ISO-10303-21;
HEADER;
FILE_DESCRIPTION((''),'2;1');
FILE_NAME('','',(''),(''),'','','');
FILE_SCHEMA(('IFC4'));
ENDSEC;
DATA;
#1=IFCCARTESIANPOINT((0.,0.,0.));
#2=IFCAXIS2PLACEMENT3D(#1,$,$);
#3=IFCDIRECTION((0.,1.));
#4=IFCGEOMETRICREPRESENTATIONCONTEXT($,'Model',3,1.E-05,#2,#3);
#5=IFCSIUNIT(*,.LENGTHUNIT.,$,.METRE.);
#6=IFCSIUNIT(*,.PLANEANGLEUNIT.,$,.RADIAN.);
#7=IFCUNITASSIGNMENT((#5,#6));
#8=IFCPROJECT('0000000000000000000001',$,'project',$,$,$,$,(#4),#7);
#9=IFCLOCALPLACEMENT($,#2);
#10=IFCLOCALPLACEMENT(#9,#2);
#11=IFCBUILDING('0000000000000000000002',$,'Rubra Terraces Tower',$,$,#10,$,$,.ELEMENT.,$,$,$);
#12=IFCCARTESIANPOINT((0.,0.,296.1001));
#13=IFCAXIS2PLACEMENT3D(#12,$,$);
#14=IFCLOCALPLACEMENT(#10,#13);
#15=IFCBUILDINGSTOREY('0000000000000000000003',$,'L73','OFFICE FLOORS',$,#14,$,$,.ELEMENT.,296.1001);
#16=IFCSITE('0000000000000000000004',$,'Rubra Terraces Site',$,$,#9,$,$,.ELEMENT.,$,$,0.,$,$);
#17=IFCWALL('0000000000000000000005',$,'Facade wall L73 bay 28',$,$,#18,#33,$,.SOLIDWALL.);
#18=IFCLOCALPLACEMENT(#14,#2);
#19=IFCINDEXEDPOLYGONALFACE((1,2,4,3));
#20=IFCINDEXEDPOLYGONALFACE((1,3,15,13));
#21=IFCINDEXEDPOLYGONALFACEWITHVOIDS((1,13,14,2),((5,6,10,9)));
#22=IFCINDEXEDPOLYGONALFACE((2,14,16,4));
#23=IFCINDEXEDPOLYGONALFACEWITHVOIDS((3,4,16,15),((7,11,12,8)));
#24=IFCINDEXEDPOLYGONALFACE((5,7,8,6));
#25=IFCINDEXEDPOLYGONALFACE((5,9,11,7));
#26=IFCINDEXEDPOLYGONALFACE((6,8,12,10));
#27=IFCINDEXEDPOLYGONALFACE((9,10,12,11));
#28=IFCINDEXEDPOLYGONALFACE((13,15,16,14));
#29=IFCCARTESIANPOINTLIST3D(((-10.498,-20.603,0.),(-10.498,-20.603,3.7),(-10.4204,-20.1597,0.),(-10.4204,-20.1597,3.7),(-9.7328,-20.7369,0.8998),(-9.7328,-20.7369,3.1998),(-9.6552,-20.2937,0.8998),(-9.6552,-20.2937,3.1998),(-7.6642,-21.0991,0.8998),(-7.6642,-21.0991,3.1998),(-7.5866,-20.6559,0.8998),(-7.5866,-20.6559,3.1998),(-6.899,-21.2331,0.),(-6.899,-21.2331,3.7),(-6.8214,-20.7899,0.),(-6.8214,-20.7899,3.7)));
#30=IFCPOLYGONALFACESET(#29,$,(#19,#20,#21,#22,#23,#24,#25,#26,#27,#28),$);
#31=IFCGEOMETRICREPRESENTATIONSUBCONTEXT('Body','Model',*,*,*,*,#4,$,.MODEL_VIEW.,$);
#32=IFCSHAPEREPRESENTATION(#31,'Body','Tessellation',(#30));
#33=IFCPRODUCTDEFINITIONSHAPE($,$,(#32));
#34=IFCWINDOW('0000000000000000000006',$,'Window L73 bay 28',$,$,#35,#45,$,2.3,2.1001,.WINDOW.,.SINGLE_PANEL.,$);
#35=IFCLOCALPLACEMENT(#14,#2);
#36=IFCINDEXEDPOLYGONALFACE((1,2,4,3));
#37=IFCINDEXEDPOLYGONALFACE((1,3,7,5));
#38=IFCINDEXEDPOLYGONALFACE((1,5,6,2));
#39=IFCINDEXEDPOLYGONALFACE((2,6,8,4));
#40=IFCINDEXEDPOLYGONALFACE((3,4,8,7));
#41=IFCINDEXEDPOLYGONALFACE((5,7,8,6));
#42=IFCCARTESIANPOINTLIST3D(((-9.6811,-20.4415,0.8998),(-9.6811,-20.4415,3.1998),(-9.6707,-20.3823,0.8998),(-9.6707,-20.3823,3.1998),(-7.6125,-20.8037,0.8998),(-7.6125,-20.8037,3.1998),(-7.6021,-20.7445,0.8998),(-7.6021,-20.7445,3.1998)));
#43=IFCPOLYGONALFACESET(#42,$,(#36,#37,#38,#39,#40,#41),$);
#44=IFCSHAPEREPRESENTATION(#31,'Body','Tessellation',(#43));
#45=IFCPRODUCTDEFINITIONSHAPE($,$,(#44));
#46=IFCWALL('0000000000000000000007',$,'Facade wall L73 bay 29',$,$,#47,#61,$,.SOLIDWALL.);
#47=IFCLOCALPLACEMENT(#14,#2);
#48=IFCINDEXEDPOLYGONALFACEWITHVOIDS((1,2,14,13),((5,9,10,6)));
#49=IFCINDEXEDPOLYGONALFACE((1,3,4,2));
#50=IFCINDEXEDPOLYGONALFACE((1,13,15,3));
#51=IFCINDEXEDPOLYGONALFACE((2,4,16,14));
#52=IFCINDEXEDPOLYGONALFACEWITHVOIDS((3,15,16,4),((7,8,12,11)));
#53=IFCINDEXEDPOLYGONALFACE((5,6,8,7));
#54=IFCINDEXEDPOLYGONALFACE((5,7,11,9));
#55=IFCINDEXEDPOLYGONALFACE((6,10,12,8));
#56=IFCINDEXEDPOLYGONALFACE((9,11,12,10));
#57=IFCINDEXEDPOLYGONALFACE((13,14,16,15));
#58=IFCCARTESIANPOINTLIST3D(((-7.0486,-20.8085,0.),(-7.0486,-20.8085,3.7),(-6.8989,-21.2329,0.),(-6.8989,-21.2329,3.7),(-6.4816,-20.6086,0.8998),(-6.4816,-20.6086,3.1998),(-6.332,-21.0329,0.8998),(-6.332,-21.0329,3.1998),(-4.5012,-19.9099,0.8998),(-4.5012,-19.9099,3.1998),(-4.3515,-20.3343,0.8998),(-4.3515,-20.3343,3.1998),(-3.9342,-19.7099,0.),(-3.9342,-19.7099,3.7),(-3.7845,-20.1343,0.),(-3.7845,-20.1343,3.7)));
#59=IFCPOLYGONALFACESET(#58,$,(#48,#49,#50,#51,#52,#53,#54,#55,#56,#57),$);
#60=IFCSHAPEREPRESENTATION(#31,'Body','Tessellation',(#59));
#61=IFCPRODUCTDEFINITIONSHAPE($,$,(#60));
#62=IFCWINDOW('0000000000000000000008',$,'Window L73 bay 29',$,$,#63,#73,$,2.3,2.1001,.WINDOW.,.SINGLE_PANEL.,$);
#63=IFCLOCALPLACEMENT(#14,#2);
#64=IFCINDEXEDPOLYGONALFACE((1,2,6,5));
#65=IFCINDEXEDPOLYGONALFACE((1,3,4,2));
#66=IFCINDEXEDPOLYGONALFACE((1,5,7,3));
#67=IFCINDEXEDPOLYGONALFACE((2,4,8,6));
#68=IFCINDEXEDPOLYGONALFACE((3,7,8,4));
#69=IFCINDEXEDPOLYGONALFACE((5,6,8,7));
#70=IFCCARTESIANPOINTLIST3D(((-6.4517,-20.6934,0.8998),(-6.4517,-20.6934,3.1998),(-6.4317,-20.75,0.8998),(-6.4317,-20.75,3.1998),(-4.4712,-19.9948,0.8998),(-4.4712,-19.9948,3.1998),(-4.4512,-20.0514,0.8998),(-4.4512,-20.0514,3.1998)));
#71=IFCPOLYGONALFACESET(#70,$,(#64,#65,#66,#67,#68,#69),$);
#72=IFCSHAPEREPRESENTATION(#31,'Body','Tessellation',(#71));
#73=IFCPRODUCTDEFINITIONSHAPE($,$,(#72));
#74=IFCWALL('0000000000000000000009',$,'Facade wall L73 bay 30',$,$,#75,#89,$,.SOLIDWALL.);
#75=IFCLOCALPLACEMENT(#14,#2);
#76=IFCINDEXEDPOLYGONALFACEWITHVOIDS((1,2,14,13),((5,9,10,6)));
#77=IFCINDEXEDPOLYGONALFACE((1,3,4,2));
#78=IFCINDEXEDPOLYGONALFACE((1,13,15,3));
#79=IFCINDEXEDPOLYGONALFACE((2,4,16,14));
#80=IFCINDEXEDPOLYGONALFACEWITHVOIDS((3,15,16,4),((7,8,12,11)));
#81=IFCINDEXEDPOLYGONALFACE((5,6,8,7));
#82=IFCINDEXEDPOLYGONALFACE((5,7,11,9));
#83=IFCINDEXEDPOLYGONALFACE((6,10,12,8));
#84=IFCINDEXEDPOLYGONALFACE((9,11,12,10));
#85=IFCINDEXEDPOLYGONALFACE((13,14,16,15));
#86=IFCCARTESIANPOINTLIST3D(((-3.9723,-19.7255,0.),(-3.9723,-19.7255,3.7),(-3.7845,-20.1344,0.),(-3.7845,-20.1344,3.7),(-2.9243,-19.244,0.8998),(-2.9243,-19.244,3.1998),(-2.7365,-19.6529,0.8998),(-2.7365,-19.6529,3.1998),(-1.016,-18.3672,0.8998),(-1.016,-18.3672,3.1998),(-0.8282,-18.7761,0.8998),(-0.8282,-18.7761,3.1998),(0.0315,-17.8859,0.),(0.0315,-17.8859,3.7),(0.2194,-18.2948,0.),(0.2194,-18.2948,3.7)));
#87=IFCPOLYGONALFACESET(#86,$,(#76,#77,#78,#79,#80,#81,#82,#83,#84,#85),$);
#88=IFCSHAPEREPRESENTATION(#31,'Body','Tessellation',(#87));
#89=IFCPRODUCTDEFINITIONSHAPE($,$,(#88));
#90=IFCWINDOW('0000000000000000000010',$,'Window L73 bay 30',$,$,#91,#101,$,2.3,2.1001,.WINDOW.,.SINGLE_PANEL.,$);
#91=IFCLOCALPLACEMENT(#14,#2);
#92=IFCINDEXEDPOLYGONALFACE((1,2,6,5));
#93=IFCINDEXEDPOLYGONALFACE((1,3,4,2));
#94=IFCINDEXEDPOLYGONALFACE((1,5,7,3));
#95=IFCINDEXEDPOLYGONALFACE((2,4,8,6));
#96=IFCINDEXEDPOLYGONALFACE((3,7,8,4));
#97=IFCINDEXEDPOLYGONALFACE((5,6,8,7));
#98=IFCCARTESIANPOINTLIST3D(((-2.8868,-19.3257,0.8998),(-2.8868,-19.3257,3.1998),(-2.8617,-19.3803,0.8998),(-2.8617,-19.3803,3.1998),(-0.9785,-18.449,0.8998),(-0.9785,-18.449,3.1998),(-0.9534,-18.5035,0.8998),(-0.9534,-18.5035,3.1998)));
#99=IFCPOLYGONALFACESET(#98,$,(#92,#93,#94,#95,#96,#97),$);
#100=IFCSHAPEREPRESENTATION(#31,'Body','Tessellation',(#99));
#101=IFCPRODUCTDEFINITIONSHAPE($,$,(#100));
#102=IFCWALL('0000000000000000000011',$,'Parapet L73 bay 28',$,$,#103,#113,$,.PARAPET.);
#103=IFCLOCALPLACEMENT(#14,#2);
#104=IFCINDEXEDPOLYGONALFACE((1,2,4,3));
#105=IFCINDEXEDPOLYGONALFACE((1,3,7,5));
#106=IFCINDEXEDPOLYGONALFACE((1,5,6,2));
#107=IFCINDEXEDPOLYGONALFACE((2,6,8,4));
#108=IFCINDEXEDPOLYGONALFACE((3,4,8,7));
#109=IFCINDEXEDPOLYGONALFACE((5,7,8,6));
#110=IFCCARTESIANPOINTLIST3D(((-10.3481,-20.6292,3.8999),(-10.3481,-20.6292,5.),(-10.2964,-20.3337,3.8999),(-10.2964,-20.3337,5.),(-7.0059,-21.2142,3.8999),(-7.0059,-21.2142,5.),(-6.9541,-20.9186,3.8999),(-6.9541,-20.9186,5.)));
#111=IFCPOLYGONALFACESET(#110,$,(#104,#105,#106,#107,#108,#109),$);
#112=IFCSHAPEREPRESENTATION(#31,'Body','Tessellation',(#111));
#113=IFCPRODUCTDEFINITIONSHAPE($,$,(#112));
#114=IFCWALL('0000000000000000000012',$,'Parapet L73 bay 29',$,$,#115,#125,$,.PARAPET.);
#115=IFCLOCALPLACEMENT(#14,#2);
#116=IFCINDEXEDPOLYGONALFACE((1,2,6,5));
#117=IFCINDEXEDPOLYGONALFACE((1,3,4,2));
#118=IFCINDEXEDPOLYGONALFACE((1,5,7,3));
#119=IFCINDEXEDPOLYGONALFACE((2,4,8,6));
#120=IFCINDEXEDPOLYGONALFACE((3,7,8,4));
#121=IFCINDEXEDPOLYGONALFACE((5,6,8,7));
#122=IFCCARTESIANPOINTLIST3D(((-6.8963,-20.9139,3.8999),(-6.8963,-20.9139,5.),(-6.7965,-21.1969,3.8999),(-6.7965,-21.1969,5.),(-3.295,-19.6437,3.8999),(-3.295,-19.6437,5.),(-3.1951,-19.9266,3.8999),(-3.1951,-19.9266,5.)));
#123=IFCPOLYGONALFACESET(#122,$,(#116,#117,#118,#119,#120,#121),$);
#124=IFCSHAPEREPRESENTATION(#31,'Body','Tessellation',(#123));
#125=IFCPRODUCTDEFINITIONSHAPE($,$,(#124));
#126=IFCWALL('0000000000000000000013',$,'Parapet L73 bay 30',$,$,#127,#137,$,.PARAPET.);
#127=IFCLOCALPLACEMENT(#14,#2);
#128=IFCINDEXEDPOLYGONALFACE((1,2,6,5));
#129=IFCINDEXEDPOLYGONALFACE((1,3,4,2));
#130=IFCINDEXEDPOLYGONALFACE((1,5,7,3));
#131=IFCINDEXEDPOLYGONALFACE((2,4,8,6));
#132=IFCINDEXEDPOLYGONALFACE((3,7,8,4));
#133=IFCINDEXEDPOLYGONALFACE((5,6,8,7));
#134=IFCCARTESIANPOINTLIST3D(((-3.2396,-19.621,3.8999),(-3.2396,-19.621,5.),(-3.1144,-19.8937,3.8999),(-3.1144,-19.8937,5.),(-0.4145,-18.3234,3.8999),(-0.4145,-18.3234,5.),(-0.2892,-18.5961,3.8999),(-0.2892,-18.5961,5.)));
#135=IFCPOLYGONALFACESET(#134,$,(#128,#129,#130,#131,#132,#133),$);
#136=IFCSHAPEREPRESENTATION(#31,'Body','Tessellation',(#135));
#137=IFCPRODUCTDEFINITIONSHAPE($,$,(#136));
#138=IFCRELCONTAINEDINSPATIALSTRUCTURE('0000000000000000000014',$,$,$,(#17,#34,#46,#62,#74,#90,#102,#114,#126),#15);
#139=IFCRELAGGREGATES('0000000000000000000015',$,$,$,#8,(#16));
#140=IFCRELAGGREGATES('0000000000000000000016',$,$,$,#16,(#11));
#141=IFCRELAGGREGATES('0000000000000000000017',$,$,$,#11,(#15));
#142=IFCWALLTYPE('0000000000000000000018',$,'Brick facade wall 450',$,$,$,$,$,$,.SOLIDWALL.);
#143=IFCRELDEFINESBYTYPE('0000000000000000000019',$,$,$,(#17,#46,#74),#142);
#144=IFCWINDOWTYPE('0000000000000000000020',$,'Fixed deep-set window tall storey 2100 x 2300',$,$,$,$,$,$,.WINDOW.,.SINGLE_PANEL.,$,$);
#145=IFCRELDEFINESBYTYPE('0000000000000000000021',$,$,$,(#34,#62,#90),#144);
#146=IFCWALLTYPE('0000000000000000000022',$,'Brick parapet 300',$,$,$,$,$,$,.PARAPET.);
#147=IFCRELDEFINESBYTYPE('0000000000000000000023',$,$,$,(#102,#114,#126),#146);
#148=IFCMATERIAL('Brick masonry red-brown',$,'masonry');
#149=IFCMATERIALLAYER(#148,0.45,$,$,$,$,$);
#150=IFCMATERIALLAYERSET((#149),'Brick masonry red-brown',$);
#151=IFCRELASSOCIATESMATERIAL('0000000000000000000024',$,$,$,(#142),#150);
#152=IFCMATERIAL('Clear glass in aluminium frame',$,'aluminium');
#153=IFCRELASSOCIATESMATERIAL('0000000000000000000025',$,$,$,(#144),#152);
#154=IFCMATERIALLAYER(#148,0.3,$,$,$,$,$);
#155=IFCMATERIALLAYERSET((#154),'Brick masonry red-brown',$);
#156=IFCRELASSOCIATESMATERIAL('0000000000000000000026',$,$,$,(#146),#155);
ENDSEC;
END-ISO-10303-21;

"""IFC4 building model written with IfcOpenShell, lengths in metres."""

from ifc_helpers import new_model, si_unit, direction, frame, frame_2d, origin, place, context, subcontext, project, spatial, rectangle, extrude, material, layer, layer_set, type_object, element, fill, save


model = new_model("IFC4")

# Units and contexts
model_context = context("Model", 3, precision=1e-05, world=origin(), true_north=direction((0.0, 1.0)))
body_context = subcontext(model_context, "Body", "Model", "MODEL_VIEW")
ifc_project = project(units=[si_unit("LENGTHUNIT", "METRE"), si_unit("PLANEANGLEUNIT", "RADIAN")], contexts=[model_context])

# Site, building, storey
site_placement = place(None, origin())
site = spatial("IfcSite", under=ifc_project, at=site_placement, Name="Rubra Terraces Site", CompositionType="ELEMENT", RefElevation=0.0)
building_placement = place(site_placement, origin())
building = spatial("IfcBuilding", under=site, at=building_placement, Name="Rubra Terraces Tower", CompositionType="ELEMENT")
storey_placement = place(building_placement, frame((0.0, 0.0, 296.1001)))
storey = spatial("IfcBuildingStorey", under=building, at=storey_placement, Name="L73", Description="OFFICE FLOORS", CompositionType="ELEMENT", Elevation=296.1001)

# Walls, openings, windows
ifc_material_1 = material(Name="Brick masonry red-brown", Category="masonry")
ifc_layer_1 = layer(ifc_material_1, 0.45)
ifc_layer_set_1 = layer_set([ifc_layer_1], Name="Brick masonry red-brown")
wall_type_1 = type_object("IfcWallType", Name="Brick facade wall 450", PredefinedType="SOLIDWALL", material=ifc_layer_set_1)
wall_1_placement = place(storey_placement, frame((-10.4592, -20.3813, 0.0), z_axis=(0.0, 0.0, 1.0), x_axis=(0.985017, -0.172455, 0.0)))
wall_1 = element("IfcWall", 1, at=wall_1_placement, inside=storey, type_object=wall_type_1, Name="Facade wall L73 bay 28", PredefinedType="SOLIDWALL", context=body_context, shape_type="SweptSolid", body=[
    extrude(rectangle(XDim=3.6538, YDim=0.45, at=frame_2d((1.8269, 0.0))), origin(), (0.0, 0.0, 1.0), 3.7),
])
opening_1_placement = place(wall_1_placement, frame((0.7769, 0.0, 0.8999)))
opening_1 = element("IfcOpeningElement", 2, at=opening_1_placement, cuts=wall_1, PredefinedType="OPENING", context=body_context, shape_type="SweptSolid", body=[
    extrude(rectangle(XDim=2.1001, YDim=2.3, at=frame_2d((1.05, 1.1499))), frame((0.0, 0.2349, 0.0), z_axis=(0.0, -1.0, 0.0), x_axis=(1.0, 0.0, 0.0)), (0.0, 0.0, 1.0), 0.47),
])
ifc_material_2 = material(Name="Clear glass in aluminium frame", Category="aluminium")
window_type = type_object("IfcWindowType", Name="Fixed deep-set window tall storey 2100 x 2300", PartitioningType="SINGLE_PANEL", PredefinedType="WINDOW", material=ifc_material_2)
window_1_placement = place(opening_1_placement, origin())
window_1 = element("IfcWindow", 3, at=window_1_placement, inside=storey, type_object=window_type, Name="Window L73 bay 28", OverallHeight=2.3, OverallWidth=2.1001, PartitioningType="SINGLE_PANEL", PredefinedType="WINDOW", context=body_context, shape_type="SweptSolid", body=[
    extrude(rectangle(XDim=2.1001, YDim=2.3, at=frame_2d((1.05, 1.1499))), frame((0.0, 0.135, 0.0), z_axis=(0.0, -1.0, 0.0), x_axis=(1.0, 0.0, 0.0)), (0.0, 0.0, 1.0), 0.0601),
])
fill(opening_1, window_1)
wall_2_placement = place(storey_placement, frame((-6.9739, -21.0208, 0.0), z_axis=(0.0, 0.0, 1.0), x_axis=(0.943048, 0.332658, 0.0)))
wall_2 = element("IfcWall", 4, at=wall_2_placement, inside=storey, type_object=wall_type_1, Name="Facade wall L73 bay 29", PredefinedType="SOLIDWALL", context=body_context, shape_type="SweptSolid", body=[
    extrude(rectangle(XDim=3.3025, YDim=0.45, at=frame_2d((1.6514, 0.0))), origin(), (0.0, 0.0, 1.0), 3.7),
])
opening_2_placement = place(wall_2_placement, frame((0.6013, 0.0, 0.8999)))
opening_2 = element("IfcOpeningElement", 5, at=opening_2_placement, cuts=wall_2, PredefinedType="OPENING", context=body_context, shape_type="SweptSolid", body=[
    extrude(rectangle(XDim=2.1001, YDim=2.3, at=frame_2d((1.05, 1.1499))), frame((0.0, 0.2349, 0.0), z_axis=(0.0, -1.0, 0.0), x_axis=(1.0, 0.0, 0.0)), (0.0, 0.0, 1.0), 0.47),
])
window_2_placement = place(opening_2_placement, origin())
window_2 = element("IfcWindow", 6, at=window_2_placement, inside=storey, type_object=window_type, Name="Window L73 bay 29", OverallHeight=2.3, OverallWidth=2.1001, PartitioningType="SINGLE_PANEL", PredefinedType="WINDOW", context=body_context, shape_type="SweptSolid", body=[
    extrude(rectangle(XDim=2.1001, YDim=2.3, at=frame_2d((1.05, 1.1499))), frame((0.0, 0.135, 0.0), z_axis=(0.0, -1.0, 0.0), x_axis=(1.0, 0.0, 0.0)), (0.0, 0.0, 1.0), 0.0601),
])
fill(opening_2, window_2)
wall_3_placement = place(storey_placement, frame((-3.8784, -19.9299, 0.0), z_axis=(0.0, 0.0, 1.0), x_axis=(0.90868, 0.417494, 0.0)))
wall_3 = element("IfcWall", 7, at=wall_3_placement, inside=storey, type_object=wall_type_1, Name="Facade wall L73 bay 30", PredefinedType="SOLIDWALL", context=body_context, shape_type="SweptSolid", body=[
    extrude(rectangle(XDim=4.4062, YDim=0.45, at=frame_2d((2.2031, 0.0))), origin(), (0.0, 0.0, 1.0), 3.7),
])
opening_3_placement = place(wall_3_placement, frame((1.1533, 0.0, 0.8999)))
opening_3 = element("IfcOpeningElement", 8, at=opening_3_placement, cuts=wall_3, PredefinedType="OPENING", context=body_context, shape_type="SweptSolid", body=[
    extrude(rectangle(XDim=2.1001, YDim=2.3, at=frame_2d((1.05, 1.1499))), frame((0.0, 0.2349, 0.0), z_axis=(0.0, -1.0, 0.0), x_axis=(1.0, 0.0, 0.0)), (0.0, 0.0, 1.0), 0.47),
])
window_3_placement = place(opening_3_placement, origin())
window_3 = element("IfcWindow", 9, at=window_3_placement, inside=storey, type_object=window_type, Name="Window L73 bay 30", OverallHeight=2.3, OverallWidth=2.1001, PartitioningType="SINGLE_PANEL", PredefinedType="WINDOW", context=body_context, shape_type="SweptSolid", body=[
    extrude(rectangle(XDim=2.1001, YDim=2.3, at=frame_2d((1.05, 1.1499))), frame((0.0, 0.135, 0.0), z_axis=(0.0, -1.0, 0.0), x_axis=(1.0, 0.0, 0.0)), (0.0, 0.0, 1.0), 0.0601),
])
fill(opening_3, window_3)

# Walls
ifc_layer_2 = layer(ifc_material_1, 0.3)
ifc_layer_set_2 = layer_set([ifc_layer_2], Name="Brick masonry red-brown")
wall_type_2 = type_object("IfcWallType", Name="Brick parapet 300", PredefinedType="PARAPET", material=ifc_layer_set_2)
wall_4_placement = place(storey_placement, frame((-10.3223, -20.4814, 3.8999), z_axis=(0.0, 0.0, 1.0), x_axis=(0.985027, -0.172398, 0.0)))
element("IfcWall", 10, at=wall_4_placement, inside=storey, type_object=wall_type_2, Name="Parapet L73 bay 28", PredefinedType="PARAPET", context=body_context, shape_type="SweptSolid", body=[
    extrude(rectangle(XDim=3.3931, YDim=0.3, at=frame_2d((1.6965, 0.0))), origin(), (0.0, 0.0, 1.0), 1.1001),
])
wall_5_placement = place(storey_placement, frame((-6.8464, -21.0554, 3.8999), z_axis=(0.0, 0.0, 1.0), x_axis=(0.943055, 0.332636, 0.0)))
element("IfcWall", 11, at=wall_5_placement, inside=storey, type_object=wall_type_2, Name="Parapet L73 bay 29", PredefinedType="PARAPET", context=body_context, shape_type="SweptSolid", body=[
    extrude(rectangle(XDim=3.8188, YDim=0.3, at=frame_2d((1.9094, 0.0))), origin(), (0.0, 0.0, 1.0), 1.1001),
])
wall_6_placement = place(storey_placement, frame((-3.177, -19.7573, 3.8999), z_axis=(0.0, 0.0, 1.0), x_axis=(0.908732, 0.417379, 0.0)))
element("IfcWall", 12, at=wall_6_placement, inside=storey, type_object=wall_type_2, Name="Parapet L73 bay 30", PredefinedType="PARAPET", context=body_context, shape_type="SweptSolid", body=[
    extrude(rectangle(XDim=3.1089, YDim=0.3, at=frame_2d((1.5544, 0.0))), origin(), (0.0, 0.0, 1.0), 1.1001),
])

save(model, "model.ifc")
